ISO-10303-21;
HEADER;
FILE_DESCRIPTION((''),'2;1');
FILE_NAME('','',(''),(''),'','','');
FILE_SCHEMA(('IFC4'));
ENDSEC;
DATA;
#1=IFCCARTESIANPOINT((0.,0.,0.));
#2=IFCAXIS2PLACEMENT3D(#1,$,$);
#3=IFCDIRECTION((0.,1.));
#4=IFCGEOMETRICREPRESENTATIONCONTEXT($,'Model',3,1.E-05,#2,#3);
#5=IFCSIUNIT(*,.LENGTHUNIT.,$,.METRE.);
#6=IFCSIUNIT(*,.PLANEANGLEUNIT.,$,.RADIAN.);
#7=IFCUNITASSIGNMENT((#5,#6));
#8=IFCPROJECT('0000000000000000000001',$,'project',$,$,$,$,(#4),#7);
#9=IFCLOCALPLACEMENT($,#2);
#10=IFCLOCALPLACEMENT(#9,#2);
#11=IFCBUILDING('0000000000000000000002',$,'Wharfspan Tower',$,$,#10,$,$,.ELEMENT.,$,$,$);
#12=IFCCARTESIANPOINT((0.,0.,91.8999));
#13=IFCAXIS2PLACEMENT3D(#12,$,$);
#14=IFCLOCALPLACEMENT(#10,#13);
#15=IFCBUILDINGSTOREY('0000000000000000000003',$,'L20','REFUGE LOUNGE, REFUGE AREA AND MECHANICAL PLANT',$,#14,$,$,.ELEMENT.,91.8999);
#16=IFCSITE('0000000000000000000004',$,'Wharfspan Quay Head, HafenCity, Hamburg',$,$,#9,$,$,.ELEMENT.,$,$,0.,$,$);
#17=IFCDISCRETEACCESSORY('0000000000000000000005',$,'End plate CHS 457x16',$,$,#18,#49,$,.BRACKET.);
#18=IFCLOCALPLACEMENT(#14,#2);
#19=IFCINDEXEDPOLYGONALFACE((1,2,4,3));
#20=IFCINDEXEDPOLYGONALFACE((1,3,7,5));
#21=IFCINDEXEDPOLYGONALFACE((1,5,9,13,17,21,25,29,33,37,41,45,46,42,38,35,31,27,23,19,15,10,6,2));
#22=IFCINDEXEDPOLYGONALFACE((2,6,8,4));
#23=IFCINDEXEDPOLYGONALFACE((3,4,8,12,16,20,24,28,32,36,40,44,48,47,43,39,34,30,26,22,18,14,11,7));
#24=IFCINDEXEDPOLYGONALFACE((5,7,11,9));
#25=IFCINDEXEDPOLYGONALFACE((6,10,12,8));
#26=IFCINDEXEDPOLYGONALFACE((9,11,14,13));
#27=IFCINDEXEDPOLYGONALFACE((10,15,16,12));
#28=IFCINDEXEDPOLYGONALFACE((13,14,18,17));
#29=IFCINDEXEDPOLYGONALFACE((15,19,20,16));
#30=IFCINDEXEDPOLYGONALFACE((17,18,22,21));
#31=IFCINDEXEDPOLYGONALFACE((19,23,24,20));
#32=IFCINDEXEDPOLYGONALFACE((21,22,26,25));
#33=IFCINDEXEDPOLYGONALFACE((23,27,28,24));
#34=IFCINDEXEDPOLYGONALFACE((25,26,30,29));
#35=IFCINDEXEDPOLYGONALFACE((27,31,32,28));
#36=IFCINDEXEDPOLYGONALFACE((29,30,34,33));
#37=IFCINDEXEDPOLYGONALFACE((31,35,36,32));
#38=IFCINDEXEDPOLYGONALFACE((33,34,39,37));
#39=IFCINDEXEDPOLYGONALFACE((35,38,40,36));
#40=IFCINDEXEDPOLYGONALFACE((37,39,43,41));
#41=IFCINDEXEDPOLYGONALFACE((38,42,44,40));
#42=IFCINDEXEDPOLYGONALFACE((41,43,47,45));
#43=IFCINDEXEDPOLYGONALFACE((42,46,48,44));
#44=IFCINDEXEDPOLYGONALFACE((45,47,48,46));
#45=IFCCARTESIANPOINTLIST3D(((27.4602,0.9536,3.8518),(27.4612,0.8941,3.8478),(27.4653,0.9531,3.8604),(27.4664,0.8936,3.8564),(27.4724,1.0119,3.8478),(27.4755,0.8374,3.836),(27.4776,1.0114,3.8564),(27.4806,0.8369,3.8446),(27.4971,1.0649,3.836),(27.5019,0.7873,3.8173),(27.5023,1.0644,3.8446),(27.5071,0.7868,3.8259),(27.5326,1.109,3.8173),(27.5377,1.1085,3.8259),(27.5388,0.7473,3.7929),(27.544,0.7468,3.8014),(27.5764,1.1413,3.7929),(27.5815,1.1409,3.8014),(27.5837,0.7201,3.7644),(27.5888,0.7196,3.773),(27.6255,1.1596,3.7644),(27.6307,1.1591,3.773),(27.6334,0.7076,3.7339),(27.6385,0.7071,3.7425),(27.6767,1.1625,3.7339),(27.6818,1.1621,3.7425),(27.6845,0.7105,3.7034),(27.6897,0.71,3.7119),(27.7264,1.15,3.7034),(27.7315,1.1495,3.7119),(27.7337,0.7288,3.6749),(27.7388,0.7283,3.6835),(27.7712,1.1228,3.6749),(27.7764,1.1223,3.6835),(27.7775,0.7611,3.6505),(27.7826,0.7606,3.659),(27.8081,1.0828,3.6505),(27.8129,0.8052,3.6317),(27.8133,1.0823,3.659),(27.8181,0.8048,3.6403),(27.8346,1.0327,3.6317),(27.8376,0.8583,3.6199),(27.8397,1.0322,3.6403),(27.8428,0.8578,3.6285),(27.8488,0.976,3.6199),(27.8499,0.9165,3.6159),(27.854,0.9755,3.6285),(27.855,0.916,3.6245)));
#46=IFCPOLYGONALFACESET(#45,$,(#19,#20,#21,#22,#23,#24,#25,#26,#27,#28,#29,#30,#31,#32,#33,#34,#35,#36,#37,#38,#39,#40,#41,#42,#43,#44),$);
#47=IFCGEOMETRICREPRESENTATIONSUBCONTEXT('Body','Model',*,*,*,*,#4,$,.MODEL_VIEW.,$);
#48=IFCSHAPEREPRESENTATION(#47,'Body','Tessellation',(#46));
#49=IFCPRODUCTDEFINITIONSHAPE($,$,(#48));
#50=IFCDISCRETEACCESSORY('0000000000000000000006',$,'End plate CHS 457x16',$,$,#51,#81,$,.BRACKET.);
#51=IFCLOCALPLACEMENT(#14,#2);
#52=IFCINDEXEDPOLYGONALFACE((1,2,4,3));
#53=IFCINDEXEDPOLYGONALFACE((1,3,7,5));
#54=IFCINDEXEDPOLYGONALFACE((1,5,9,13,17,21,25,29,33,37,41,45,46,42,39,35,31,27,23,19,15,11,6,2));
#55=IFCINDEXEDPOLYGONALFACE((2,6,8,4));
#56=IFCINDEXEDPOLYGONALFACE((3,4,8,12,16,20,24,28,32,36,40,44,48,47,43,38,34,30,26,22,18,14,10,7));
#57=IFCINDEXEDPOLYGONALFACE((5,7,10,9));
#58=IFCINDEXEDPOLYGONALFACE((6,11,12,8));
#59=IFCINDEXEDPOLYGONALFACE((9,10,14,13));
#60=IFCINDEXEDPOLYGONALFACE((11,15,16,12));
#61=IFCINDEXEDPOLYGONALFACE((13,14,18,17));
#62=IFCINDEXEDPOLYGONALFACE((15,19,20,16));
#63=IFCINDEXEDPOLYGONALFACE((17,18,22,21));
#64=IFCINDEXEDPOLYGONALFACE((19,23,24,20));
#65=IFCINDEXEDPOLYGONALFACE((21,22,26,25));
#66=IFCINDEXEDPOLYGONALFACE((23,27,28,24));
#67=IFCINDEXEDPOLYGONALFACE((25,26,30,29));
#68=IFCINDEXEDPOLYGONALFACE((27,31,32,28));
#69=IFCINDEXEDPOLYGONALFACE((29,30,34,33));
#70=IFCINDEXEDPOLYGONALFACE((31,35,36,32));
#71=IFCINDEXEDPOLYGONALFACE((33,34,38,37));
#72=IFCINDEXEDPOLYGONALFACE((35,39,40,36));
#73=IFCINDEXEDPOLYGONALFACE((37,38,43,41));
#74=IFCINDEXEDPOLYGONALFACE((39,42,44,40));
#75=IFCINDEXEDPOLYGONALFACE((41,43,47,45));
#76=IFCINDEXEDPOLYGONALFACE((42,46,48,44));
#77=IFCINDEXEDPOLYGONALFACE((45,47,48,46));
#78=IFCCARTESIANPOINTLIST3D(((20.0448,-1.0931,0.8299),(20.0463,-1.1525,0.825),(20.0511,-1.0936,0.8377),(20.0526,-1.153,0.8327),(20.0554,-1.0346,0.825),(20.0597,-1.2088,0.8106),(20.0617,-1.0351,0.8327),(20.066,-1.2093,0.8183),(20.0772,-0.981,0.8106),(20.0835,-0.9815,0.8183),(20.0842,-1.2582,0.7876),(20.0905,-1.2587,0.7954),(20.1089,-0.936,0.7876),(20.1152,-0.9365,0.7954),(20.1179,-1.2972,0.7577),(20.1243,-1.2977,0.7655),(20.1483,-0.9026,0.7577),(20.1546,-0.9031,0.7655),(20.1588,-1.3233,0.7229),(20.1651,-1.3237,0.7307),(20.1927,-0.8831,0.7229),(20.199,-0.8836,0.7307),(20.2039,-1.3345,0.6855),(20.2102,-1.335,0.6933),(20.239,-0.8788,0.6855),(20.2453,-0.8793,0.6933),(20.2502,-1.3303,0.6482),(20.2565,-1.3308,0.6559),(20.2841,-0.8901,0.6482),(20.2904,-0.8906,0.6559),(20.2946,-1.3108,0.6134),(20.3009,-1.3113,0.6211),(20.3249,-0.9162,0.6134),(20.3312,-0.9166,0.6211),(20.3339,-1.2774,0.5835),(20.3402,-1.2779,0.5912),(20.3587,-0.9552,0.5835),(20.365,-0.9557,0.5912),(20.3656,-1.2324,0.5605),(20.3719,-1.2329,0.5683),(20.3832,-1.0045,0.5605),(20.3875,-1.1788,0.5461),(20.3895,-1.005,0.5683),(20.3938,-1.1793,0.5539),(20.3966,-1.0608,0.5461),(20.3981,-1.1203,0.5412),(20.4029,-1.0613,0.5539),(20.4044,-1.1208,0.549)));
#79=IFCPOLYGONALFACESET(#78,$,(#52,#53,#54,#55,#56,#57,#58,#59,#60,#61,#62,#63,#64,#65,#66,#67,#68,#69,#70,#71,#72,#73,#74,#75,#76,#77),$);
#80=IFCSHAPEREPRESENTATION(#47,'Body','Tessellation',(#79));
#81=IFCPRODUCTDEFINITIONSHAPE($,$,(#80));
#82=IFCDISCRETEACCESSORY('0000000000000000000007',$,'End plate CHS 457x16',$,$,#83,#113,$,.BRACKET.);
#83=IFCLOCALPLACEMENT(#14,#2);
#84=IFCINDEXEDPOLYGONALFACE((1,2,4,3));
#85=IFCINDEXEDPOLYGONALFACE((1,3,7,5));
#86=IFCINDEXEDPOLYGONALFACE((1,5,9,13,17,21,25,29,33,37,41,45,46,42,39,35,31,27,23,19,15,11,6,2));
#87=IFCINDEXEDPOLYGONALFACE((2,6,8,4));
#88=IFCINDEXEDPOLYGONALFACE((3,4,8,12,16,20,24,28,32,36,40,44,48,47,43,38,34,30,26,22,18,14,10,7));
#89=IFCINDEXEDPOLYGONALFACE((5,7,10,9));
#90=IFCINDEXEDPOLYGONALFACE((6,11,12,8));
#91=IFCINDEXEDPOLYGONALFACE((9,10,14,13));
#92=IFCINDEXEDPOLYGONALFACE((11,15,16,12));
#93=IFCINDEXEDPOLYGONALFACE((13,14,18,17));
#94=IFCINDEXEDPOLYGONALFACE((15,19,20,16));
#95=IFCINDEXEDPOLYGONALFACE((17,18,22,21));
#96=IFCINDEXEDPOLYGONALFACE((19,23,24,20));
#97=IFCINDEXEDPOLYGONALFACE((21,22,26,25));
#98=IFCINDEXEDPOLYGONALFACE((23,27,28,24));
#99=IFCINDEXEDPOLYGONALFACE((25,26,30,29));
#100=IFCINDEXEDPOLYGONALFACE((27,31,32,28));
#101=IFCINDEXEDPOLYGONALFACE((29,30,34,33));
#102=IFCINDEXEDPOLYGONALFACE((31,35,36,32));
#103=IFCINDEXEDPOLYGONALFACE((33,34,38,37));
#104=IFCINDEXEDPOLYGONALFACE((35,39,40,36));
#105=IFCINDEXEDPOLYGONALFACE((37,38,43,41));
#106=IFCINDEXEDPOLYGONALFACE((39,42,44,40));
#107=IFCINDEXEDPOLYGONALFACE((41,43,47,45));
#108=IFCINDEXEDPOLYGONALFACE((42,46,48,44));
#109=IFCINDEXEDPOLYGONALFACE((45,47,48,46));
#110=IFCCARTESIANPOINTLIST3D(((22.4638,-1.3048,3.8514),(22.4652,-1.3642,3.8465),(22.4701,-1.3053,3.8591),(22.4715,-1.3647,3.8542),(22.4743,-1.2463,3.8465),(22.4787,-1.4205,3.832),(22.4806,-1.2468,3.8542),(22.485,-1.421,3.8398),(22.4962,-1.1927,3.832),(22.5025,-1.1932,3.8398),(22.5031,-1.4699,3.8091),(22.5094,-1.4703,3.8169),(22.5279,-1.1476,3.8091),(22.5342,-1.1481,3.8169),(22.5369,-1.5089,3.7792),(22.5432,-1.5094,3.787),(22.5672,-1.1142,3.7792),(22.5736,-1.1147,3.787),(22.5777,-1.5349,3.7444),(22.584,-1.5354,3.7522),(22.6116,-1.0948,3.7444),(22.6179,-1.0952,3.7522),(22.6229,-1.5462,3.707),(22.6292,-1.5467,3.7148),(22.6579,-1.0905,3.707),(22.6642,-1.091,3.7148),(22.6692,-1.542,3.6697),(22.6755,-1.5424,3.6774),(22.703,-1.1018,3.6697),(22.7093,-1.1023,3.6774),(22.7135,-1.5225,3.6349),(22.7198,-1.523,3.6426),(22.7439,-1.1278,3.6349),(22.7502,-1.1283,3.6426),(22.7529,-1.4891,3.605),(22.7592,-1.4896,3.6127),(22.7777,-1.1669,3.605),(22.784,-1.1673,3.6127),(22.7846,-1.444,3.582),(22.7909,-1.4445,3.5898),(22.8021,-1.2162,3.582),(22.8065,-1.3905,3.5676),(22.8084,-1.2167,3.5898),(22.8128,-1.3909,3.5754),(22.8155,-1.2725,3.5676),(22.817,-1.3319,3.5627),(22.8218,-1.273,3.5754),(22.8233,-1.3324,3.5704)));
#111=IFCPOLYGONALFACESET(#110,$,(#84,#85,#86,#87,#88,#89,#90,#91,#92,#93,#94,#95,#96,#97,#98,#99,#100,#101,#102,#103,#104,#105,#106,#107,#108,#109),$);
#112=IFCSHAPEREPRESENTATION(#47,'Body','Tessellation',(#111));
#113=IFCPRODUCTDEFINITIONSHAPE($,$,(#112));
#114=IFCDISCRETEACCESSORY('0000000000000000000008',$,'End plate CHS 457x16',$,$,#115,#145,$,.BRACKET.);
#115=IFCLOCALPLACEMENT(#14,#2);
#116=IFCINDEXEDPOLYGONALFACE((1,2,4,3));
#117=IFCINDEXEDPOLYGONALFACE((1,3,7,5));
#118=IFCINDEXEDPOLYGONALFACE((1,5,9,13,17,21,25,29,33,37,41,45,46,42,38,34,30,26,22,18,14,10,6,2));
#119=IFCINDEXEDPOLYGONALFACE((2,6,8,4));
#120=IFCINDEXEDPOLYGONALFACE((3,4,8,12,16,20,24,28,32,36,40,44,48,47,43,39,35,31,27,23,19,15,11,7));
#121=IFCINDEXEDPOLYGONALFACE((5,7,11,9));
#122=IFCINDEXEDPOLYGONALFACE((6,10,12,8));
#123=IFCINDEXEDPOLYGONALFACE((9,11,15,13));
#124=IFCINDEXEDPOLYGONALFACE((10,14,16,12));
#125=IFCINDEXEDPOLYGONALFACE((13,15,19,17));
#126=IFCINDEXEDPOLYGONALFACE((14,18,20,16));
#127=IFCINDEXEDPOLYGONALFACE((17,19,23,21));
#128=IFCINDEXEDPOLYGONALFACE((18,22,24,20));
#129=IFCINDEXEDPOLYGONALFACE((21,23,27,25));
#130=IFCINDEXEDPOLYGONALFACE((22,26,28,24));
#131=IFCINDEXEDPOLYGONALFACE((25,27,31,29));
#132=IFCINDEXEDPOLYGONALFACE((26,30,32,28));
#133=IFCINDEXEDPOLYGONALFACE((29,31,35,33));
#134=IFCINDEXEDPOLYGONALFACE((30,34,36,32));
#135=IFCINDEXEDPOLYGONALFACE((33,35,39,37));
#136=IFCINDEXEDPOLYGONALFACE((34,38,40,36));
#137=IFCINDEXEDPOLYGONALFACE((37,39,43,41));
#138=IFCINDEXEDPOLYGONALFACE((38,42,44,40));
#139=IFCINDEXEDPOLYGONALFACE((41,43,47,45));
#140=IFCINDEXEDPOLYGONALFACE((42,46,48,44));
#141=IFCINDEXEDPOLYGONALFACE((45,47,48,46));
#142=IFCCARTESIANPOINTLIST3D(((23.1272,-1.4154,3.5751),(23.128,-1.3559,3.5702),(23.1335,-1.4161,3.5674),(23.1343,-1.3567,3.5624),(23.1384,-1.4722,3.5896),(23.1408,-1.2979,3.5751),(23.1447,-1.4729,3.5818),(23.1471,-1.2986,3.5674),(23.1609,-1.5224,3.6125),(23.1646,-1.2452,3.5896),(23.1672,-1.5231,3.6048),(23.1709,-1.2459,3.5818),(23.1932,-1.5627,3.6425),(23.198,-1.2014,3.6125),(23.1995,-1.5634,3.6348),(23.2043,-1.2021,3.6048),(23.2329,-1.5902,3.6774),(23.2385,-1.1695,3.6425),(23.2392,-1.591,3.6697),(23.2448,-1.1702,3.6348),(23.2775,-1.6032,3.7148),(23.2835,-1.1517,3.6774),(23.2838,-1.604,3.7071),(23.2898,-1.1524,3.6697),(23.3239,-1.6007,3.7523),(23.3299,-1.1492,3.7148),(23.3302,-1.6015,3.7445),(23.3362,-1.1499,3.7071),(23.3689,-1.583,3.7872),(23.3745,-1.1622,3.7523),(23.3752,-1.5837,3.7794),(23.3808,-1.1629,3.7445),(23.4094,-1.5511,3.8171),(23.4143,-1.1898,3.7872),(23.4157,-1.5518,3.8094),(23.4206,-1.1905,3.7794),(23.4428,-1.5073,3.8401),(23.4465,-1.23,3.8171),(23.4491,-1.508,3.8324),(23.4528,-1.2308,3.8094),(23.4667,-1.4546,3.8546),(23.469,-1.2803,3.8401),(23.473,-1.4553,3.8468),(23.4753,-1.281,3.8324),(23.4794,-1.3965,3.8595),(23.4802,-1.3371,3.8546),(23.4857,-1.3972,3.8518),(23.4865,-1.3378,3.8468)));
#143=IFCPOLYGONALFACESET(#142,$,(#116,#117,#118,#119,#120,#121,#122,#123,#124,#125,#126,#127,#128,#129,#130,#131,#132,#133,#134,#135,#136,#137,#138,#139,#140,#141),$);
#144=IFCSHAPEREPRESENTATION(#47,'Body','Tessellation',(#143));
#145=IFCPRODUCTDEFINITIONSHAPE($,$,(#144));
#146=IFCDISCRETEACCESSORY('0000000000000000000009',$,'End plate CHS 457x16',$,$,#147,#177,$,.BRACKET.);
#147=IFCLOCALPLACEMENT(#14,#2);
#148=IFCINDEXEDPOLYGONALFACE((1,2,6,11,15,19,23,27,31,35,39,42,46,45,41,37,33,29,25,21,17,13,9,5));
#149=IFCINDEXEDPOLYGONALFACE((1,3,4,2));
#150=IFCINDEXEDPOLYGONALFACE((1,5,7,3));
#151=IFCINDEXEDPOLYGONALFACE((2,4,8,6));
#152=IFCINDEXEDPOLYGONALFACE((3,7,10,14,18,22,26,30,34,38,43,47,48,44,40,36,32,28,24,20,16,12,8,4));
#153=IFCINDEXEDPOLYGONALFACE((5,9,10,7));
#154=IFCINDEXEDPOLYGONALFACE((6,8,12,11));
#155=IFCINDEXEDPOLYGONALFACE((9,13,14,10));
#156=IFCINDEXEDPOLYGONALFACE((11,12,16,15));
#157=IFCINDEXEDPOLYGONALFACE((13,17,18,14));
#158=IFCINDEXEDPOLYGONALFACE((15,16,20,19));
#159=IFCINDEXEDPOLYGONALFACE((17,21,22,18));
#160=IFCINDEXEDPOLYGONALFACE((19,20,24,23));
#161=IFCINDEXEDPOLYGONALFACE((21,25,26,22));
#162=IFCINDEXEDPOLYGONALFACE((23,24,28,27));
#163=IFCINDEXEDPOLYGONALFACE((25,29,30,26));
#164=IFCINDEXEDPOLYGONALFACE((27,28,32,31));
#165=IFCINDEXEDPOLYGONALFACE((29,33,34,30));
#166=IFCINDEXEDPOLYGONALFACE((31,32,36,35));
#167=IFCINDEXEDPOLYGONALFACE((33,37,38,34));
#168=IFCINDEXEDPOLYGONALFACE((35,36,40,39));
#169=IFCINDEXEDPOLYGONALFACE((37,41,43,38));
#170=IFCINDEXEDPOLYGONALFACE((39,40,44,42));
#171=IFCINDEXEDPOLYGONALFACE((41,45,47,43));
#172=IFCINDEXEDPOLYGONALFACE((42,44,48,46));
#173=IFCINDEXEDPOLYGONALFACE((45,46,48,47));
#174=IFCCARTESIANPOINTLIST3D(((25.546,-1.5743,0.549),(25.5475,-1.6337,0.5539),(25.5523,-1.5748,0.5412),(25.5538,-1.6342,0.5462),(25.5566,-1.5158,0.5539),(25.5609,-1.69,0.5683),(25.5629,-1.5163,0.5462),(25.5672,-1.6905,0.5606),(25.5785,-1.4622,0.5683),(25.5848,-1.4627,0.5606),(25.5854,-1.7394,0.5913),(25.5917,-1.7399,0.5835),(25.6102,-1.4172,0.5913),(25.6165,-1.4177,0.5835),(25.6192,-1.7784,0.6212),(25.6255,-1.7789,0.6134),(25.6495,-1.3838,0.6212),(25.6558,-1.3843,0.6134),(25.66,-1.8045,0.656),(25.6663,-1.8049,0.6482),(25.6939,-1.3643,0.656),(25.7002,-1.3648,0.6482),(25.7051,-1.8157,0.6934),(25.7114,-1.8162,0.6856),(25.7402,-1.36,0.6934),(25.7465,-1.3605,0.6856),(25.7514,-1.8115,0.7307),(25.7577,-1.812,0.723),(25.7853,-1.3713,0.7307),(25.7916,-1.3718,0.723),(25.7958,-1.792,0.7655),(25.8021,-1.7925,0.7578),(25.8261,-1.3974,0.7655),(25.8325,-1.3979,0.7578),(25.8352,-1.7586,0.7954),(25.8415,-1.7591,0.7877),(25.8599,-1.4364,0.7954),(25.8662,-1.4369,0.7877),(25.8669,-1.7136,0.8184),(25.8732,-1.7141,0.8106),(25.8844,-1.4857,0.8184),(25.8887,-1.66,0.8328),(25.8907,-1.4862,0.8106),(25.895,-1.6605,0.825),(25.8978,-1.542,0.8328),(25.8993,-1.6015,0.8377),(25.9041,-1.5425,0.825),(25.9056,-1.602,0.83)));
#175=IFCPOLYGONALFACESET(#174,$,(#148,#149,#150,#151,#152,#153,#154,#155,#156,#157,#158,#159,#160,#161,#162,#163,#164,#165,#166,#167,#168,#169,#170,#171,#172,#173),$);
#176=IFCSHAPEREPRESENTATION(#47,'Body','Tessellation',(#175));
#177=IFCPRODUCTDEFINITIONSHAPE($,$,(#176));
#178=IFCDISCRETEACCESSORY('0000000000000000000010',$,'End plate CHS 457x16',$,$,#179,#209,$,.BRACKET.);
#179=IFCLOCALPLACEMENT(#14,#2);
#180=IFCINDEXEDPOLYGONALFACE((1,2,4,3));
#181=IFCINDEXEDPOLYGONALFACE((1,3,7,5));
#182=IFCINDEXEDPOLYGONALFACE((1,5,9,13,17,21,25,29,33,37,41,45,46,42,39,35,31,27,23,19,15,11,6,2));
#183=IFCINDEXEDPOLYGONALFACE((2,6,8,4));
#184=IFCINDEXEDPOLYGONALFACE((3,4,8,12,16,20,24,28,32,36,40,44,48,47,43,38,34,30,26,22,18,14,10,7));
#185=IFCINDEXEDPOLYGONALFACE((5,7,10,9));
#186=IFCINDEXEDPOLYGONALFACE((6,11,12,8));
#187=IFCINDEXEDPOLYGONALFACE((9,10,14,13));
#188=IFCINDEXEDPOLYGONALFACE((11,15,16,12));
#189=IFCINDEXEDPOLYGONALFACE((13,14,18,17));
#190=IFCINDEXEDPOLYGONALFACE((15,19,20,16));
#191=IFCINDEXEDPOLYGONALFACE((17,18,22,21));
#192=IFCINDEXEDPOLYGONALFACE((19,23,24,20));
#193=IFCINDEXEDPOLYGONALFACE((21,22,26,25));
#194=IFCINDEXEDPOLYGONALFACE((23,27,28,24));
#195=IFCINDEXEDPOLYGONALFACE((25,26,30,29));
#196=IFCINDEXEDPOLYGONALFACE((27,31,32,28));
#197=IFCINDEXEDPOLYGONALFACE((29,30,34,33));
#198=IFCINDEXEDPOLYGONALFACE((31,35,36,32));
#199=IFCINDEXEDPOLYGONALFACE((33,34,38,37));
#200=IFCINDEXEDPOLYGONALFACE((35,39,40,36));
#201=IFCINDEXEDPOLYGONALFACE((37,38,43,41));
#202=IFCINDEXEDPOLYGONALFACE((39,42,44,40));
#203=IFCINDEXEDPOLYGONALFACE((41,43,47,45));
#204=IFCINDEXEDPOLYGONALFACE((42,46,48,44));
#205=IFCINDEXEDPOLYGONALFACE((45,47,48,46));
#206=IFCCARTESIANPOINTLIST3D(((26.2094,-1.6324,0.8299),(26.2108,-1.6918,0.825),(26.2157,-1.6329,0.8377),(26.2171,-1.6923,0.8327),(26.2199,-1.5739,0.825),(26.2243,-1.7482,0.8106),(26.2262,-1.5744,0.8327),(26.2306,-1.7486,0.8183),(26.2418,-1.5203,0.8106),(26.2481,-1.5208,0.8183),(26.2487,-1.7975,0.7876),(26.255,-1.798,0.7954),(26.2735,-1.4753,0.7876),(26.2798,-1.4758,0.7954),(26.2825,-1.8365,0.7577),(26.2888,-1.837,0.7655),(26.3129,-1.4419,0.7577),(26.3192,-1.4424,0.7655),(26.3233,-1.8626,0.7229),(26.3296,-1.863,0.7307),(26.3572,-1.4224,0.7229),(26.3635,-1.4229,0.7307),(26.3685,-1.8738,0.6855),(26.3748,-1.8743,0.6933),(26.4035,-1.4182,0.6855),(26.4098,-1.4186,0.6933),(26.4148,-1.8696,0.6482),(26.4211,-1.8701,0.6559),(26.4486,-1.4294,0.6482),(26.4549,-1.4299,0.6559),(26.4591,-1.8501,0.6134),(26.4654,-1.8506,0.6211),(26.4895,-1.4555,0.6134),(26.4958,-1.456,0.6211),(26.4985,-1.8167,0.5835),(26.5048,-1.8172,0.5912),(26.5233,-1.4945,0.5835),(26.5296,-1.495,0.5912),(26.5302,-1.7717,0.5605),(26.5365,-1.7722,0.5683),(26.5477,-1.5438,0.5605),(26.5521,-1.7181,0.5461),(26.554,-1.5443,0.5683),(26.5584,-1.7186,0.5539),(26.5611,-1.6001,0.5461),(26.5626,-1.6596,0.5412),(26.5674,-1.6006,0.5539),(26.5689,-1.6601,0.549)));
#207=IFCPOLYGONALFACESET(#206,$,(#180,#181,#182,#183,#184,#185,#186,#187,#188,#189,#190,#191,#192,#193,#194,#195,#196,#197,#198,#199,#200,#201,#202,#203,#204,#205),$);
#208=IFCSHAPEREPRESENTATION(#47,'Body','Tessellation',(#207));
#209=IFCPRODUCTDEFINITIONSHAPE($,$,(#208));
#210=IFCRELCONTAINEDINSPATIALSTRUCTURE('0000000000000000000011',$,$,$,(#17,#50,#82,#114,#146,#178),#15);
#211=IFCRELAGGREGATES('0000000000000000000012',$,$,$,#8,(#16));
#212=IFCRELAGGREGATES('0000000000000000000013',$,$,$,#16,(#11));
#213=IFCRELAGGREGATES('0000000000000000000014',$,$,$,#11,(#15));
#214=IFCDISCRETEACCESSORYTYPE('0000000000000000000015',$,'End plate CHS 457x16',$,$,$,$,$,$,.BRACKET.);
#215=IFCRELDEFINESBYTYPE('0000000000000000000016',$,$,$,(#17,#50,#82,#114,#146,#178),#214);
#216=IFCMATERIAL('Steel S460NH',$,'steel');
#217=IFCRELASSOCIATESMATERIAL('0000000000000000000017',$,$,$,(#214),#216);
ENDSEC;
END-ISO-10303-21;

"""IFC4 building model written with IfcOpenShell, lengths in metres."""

from ifc_helpers import new_model, si_unit, direction, frame, origin, origin_2d, place, context, subcontext, project, spatial, circle, extrude, material, material_profile, profile_set, type_object, element, save


model = new_model("IFC4")

# Units and contexts
model_context = context("Model", 3, precision=1e-05, world=origin(), true_north=direction((0.0, 1.0)))
body_context = subcontext(model_context, "Body", "Model", "MODEL_VIEW")
ifc_project = project(units=[si_unit("LENGTHUNIT", "METRE"), si_unit("PLANEANGLEUNIT", "RADIAN")], contexts=[model_context])

# Site, building, storey
site_placement = place(None, origin())
site = spatial("IfcSite", under=ifc_project, at=site_placement, Name="Wharfspan Quay Head, HafenCity, Hamburg", CompositionType="ELEMENT", RefElevation=0.0)
building_placement = place(site_placement, origin())
building = spatial("IfcBuilding", under=site, at=building_placement, Name="Wharfspan Tower", CompositionType="ELEMENT")
storey_placement = place(building_placement, frame((0.0, 0.0, 91.8999)))
storey = spatial("IfcBuildingStorey", under=building, at=storey_placement, Name="L20", Description="REFUGE LOUNGE, REFUGE AREA AND MECHANICAL PLANT", CompositionType="ELEMENT", Elevation=91.8999)

# Shared definitions
ifc_material_1 = material(Name="Steel S460NH", Category="steel")

# Discrete accessories
ifc_material_profile_1 = material_profile(ifc_material_1, circle(Radius=0.2285, at=origin_2d()))
ifc_profile_set_1 = profile_set([ifc_material_profile_1], Name="Steel S460NH")
discrete_accessory_type_1 = type_object("IfcDiscreteAccessoryType", Name="End plate CHS 457x16", PredefinedType="BRACKET", material=ifc_profile_set_1)
for number, where, z_axis, x_axis, name in (
    (1, (27.655, 0.9351, 3.7339), (0.513879, -0.048941, 0.856465), (0.094811, 0.995495, -0.000001), "End plate CHS 457x16"),
    (2, (20.2214, -1.1067, 0.6855), (0.629852, -0.04845, 0.775203), (0.076696, 0.997051, 0.0), "End plate CHS 457x16"),
    (3, (22.6404, -1.3184, 3.707), (0.629852, -0.04845, 0.775203), (0.076696, 0.997051, 0.0), "End plate CHS 457x16"),
    (4, (23.3037, -1.3762, 3.7148), (0.62893, -0.072569, -0.774068), (0.114624, 0.993406, 0.0), "End plate CHS 457x16"),
    (5, (25.7227, -1.5879, 0.6934), (0.629852, -0.04845, -0.775203), (0.076696, 0.997051, 0.0), "End plate CHS 457x16"),
    (6, (26.386, -1.646, 0.6855), (0.629852, -0.04845, 0.775203), (0.076696, 0.997051, 0.0), "End plate CHS 457x16"),
):
    element("IfcDiscreteAccessory", number, at=place(storey_placement, frame(where, z_axis=z_axis, x_axis=x_axis)), inside=storey, type_object=discrete_accessory_type_1, Name=name, PredefinedType="BRACKET", context=body_context, shape_type="SweptSolid", body=[
        extrude(circle(Radius=0.2285, at=origin_2d()), origin(), (0.0, 0.0, 1.0), 0.01),
    ])

save(model, "model.ifc")
